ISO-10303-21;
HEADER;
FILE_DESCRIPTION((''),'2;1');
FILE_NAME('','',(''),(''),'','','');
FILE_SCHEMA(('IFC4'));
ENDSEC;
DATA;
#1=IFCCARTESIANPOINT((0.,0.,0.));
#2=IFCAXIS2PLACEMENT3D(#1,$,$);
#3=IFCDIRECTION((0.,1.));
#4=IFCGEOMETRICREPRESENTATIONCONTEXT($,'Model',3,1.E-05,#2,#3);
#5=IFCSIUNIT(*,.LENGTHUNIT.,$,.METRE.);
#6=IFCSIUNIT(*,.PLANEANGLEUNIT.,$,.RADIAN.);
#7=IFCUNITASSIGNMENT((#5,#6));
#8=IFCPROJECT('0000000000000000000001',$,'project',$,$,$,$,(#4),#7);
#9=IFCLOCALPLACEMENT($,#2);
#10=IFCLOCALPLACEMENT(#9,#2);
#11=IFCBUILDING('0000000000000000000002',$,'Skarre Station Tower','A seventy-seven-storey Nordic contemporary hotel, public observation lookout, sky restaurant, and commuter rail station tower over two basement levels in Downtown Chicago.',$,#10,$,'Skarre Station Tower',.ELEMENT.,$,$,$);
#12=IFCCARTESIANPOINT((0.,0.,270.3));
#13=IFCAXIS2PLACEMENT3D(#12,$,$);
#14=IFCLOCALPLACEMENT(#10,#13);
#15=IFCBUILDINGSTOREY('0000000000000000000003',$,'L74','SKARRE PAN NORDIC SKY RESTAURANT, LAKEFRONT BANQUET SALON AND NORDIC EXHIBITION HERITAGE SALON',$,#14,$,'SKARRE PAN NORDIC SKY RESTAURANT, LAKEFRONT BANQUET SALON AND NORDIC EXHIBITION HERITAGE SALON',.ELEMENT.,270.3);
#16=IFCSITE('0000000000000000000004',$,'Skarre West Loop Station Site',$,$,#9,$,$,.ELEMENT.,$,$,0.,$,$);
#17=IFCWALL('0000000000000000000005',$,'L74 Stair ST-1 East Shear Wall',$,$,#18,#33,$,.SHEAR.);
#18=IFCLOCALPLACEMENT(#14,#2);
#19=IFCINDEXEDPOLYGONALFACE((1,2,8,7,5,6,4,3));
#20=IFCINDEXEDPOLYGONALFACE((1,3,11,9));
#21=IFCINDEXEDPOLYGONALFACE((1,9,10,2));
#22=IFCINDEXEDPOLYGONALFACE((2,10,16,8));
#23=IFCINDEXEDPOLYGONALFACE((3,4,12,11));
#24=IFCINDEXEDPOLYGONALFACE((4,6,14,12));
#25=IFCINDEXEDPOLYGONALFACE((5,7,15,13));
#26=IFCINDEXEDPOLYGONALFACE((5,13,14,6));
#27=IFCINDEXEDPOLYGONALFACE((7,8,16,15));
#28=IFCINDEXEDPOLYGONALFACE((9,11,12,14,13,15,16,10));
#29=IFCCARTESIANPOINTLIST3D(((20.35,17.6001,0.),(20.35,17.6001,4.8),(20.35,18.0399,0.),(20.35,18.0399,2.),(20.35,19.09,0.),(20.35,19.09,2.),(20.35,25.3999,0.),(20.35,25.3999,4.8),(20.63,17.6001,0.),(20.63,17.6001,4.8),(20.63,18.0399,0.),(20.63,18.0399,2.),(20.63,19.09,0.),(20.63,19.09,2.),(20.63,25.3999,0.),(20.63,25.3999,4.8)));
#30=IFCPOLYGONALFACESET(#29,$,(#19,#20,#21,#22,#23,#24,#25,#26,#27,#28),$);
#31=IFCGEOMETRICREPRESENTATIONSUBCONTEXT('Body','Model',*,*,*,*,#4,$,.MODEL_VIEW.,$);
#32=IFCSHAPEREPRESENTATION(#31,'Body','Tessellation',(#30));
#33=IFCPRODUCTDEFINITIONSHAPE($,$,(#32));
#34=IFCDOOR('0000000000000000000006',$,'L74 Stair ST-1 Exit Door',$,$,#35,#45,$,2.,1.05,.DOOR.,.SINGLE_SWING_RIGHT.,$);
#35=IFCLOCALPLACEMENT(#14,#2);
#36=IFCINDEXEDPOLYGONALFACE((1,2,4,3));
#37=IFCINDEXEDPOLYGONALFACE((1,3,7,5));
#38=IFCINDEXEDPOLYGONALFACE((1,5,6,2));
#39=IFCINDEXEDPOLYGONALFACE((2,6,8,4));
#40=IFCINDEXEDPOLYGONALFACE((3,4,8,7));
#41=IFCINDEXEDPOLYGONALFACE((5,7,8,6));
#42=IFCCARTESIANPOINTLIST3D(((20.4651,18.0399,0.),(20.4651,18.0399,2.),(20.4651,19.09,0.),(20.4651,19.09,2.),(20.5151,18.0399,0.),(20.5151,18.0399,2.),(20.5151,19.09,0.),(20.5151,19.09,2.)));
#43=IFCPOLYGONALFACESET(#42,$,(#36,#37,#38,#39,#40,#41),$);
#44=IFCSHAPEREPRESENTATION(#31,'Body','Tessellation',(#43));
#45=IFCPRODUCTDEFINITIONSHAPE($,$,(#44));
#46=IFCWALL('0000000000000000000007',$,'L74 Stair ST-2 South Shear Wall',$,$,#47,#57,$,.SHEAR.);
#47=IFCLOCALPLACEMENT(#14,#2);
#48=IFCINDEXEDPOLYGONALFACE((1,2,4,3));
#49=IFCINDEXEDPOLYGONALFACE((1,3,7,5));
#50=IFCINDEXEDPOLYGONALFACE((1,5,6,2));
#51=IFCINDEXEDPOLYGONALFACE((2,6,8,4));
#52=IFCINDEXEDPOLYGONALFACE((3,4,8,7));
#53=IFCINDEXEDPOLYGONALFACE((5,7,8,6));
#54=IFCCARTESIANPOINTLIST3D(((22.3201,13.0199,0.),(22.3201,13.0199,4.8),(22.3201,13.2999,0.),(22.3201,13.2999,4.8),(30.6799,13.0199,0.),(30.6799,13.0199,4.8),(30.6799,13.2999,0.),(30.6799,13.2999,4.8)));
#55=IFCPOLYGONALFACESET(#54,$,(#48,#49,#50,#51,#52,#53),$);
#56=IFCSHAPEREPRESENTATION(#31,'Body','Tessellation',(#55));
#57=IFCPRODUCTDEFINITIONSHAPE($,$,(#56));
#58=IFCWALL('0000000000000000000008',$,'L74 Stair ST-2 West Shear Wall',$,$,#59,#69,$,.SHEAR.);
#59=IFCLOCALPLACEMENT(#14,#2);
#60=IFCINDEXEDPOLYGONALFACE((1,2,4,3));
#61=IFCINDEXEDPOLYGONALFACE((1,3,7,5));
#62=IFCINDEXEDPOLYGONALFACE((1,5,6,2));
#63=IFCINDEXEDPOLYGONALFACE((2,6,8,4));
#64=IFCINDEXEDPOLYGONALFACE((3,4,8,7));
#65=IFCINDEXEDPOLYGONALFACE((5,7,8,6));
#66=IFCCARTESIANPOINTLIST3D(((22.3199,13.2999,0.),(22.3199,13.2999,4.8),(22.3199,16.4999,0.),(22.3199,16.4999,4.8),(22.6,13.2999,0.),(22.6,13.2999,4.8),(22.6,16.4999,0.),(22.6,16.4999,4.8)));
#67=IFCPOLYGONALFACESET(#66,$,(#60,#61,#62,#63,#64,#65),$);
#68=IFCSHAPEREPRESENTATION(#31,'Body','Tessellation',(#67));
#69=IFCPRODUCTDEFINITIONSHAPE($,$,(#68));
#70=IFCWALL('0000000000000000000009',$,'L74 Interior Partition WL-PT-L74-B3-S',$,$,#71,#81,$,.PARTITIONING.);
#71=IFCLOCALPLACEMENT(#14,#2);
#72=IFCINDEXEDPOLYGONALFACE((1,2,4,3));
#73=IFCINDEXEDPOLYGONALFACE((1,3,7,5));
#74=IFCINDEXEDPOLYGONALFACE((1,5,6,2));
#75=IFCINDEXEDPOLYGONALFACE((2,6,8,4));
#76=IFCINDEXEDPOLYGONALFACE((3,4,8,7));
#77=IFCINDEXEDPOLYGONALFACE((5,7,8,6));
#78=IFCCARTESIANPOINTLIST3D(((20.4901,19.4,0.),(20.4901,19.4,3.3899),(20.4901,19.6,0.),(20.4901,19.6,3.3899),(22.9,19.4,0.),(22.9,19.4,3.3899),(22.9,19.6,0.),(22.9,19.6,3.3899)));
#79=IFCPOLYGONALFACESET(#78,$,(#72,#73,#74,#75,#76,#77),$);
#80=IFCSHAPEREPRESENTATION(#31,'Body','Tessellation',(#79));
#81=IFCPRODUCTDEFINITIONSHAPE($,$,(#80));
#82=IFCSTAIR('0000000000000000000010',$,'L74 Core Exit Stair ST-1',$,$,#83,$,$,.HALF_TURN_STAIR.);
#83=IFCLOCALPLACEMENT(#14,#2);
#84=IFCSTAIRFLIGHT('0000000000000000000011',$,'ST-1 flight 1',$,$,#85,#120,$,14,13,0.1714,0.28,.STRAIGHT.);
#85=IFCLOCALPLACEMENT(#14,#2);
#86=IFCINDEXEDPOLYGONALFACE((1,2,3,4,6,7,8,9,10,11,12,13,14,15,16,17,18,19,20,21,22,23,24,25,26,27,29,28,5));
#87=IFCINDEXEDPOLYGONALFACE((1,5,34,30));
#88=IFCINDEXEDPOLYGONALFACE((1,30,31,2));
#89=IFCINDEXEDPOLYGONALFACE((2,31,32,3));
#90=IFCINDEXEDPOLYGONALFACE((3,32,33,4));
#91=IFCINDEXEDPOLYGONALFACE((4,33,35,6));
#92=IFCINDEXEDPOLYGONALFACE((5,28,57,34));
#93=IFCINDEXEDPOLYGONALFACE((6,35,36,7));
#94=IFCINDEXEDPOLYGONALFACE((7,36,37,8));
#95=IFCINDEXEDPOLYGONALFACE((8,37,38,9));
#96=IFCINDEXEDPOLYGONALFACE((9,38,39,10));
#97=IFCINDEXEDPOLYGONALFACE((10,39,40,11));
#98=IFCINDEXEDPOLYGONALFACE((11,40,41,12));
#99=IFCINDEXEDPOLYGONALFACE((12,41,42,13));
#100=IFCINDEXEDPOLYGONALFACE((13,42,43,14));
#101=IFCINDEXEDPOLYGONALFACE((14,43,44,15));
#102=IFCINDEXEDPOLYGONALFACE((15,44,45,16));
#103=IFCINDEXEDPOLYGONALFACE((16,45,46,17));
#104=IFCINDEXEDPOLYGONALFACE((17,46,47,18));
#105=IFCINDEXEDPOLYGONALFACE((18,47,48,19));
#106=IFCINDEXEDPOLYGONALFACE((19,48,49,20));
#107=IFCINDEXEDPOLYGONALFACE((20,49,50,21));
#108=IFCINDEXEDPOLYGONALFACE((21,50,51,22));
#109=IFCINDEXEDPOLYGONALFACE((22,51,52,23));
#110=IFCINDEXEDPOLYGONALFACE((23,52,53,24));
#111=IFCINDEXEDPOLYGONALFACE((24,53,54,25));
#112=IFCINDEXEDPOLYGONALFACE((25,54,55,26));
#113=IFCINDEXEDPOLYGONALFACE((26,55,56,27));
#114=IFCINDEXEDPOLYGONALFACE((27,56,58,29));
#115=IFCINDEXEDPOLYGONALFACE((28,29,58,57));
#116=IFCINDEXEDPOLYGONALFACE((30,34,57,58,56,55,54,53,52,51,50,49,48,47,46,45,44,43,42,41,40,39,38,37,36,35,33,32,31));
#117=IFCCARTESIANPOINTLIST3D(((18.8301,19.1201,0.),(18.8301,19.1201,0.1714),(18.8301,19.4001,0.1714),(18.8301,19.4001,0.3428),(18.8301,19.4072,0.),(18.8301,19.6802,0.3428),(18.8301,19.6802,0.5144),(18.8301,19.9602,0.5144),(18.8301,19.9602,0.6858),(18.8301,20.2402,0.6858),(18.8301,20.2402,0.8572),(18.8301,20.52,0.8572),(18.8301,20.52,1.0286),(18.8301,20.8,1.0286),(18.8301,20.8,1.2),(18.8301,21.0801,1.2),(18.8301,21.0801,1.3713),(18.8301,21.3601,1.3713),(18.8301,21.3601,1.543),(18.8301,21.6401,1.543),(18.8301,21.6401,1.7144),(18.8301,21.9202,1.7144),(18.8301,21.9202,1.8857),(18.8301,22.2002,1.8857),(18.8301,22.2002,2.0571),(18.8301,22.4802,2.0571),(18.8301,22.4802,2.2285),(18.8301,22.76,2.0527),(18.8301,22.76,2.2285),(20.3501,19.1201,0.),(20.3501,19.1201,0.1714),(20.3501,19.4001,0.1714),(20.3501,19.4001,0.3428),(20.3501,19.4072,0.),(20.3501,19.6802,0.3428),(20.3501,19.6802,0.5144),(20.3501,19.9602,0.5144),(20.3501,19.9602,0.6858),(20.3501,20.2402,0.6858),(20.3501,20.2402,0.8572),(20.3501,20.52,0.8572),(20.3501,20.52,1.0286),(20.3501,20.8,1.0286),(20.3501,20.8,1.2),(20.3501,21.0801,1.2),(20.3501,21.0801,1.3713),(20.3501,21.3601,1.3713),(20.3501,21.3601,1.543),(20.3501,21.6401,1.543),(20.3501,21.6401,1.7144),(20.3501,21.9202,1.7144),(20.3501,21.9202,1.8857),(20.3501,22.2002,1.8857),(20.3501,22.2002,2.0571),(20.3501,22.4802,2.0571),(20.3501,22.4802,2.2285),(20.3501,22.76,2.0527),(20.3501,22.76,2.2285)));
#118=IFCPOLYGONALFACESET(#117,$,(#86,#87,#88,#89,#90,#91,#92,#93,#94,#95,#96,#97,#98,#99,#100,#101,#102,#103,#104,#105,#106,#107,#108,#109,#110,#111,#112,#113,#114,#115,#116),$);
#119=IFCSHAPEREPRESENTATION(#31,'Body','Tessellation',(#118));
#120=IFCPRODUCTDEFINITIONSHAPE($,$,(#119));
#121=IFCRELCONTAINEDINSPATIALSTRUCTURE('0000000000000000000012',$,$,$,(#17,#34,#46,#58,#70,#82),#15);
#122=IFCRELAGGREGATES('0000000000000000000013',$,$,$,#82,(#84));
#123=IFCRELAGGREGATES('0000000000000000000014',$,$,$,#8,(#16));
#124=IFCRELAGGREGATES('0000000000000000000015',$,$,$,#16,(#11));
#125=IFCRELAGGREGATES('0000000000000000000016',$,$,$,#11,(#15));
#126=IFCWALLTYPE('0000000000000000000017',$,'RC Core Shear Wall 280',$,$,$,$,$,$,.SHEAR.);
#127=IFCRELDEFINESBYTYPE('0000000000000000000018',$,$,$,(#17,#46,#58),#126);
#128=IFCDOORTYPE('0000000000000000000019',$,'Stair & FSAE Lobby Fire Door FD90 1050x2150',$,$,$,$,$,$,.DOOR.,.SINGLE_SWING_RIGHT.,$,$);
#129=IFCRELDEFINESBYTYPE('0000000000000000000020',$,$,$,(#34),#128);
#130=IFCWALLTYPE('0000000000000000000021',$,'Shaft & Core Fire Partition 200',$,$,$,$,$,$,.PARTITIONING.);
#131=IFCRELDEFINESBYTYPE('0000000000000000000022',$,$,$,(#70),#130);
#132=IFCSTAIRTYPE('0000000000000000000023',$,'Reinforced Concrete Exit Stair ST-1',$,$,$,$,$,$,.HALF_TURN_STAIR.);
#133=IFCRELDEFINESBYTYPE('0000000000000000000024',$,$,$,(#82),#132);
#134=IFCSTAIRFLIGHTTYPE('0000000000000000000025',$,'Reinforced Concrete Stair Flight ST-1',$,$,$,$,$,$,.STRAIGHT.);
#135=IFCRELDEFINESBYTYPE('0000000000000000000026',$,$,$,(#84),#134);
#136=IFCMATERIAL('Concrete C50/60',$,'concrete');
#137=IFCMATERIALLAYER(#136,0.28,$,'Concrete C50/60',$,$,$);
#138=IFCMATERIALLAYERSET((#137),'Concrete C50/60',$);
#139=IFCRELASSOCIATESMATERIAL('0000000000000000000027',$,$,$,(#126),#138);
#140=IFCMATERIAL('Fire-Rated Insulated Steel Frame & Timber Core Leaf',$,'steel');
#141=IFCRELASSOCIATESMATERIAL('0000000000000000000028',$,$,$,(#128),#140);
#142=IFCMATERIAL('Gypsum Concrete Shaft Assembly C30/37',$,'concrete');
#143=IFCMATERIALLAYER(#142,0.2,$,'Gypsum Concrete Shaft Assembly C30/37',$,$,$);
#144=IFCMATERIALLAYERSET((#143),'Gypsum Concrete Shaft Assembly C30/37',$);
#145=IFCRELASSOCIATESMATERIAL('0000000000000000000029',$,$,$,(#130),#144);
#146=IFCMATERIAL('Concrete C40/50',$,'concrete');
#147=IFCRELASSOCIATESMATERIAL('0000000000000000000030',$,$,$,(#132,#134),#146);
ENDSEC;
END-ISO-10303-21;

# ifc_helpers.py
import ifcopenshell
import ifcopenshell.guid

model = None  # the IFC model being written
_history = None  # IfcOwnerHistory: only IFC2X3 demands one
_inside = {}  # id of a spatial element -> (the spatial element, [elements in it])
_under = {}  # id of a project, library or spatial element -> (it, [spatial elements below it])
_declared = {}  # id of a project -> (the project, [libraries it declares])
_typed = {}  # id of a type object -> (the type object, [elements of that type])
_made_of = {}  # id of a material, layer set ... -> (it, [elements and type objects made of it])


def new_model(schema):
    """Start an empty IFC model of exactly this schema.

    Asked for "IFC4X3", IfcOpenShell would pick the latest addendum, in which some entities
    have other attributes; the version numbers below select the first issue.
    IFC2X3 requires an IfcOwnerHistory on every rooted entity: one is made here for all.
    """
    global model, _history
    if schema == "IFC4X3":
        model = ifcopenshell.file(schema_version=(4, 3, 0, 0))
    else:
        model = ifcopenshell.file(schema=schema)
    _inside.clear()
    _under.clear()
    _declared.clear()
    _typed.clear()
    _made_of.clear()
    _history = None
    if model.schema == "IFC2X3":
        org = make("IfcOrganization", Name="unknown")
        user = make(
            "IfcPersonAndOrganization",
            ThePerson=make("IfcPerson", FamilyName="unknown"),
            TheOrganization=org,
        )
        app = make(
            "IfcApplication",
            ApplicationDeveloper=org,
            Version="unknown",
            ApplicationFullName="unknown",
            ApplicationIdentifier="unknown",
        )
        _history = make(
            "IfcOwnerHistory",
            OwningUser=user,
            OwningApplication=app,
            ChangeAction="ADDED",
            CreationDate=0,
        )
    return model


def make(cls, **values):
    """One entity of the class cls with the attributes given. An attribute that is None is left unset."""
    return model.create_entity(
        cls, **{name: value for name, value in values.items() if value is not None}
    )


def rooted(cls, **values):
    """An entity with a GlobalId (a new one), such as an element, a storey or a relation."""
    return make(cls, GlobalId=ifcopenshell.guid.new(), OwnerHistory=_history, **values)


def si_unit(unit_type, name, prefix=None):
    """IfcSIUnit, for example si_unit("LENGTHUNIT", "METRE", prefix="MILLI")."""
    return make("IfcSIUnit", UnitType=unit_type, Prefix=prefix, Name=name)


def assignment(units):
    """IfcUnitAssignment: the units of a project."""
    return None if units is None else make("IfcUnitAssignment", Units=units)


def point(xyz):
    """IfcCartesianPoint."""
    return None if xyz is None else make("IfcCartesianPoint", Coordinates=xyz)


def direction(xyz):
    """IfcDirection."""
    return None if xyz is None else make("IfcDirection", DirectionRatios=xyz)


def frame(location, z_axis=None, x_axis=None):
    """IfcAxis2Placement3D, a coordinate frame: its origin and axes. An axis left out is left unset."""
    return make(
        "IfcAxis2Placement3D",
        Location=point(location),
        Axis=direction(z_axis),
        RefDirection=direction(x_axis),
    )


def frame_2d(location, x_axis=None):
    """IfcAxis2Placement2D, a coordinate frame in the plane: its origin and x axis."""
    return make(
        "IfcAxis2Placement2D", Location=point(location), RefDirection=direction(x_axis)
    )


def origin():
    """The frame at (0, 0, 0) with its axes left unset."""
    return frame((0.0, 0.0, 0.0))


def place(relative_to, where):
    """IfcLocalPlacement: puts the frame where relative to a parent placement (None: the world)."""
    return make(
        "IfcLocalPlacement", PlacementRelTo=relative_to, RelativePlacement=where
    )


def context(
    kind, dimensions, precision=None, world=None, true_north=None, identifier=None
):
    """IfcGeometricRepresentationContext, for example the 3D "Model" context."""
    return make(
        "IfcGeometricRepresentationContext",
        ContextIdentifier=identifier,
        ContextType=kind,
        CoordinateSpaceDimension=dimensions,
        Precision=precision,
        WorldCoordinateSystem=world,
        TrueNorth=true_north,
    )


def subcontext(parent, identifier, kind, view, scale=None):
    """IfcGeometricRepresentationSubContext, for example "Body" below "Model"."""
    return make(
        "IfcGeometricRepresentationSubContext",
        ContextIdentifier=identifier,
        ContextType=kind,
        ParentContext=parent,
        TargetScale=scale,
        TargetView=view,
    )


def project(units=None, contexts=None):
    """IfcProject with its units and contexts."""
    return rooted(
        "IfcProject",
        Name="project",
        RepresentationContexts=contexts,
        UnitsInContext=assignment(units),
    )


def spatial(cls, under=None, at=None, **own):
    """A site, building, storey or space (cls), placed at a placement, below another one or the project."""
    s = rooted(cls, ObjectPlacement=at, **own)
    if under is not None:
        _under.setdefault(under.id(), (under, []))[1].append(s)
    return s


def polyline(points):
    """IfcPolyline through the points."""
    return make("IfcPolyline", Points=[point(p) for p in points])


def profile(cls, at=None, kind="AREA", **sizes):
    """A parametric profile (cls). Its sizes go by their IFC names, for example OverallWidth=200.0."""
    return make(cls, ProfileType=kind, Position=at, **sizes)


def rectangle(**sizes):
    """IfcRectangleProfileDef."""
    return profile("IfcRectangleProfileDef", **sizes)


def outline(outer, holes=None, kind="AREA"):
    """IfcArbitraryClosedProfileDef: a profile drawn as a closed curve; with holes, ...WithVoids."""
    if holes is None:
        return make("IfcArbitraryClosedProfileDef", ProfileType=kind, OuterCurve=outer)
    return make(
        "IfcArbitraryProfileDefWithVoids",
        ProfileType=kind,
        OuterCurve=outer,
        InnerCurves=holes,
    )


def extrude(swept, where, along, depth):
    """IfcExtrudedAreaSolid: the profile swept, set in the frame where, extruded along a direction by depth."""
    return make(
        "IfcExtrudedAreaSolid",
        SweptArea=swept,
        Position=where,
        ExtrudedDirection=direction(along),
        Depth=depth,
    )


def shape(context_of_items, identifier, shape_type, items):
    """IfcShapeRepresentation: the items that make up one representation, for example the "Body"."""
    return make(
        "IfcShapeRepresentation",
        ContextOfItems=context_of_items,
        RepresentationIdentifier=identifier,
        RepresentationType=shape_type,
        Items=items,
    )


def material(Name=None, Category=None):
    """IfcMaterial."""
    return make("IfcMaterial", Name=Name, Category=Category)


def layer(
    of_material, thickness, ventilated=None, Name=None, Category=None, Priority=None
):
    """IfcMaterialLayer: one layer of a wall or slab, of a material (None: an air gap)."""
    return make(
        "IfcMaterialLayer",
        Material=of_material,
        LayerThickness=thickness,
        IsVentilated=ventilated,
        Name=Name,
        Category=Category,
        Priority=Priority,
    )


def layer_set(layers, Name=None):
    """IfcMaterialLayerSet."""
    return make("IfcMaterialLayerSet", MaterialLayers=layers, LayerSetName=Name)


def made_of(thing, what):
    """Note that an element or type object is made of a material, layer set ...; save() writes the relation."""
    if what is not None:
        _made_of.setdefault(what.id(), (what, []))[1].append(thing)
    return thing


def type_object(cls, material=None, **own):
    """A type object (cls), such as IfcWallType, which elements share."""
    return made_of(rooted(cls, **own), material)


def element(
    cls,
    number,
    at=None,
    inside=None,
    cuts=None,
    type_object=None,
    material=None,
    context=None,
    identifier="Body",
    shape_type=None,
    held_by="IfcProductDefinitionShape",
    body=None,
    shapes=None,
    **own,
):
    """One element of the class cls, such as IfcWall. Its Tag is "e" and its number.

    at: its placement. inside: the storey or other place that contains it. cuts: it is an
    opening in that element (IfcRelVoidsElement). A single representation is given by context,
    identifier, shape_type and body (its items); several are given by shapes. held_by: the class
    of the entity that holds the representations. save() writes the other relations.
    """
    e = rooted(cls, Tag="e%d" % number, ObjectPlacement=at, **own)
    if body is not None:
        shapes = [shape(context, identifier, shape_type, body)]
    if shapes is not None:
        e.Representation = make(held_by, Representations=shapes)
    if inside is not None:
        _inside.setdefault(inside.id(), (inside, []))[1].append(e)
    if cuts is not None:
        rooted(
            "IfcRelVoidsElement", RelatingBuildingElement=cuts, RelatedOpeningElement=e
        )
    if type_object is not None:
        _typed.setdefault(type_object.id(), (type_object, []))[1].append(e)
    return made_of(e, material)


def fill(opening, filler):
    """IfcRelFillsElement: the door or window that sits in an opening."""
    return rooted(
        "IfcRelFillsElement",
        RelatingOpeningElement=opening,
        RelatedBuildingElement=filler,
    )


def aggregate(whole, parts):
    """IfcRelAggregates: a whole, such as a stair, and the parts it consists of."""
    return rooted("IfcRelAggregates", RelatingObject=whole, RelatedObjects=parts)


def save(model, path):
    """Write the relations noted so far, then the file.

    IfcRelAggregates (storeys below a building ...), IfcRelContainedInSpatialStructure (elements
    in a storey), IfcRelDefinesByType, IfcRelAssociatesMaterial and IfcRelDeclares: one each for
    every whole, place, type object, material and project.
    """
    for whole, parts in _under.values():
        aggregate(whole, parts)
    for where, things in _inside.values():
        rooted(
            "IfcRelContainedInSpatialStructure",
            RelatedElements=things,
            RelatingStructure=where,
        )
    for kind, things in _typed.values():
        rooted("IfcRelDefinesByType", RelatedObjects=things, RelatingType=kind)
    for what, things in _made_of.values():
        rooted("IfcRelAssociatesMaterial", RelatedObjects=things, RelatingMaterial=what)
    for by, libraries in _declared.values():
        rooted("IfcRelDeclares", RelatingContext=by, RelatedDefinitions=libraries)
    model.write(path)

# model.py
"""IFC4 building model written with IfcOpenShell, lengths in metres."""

from ifc_helpers import new_model, si_unit, direction, frame, frame_2d, origin, place, context, subcontext, project, spatial, polyline, rectangle, outline, extrude, material, layer, layer_set, type_object, element, fill, aggregate, save


model = new_model("IFC4")

# Units and contexts
model_context = context("Model", 3, precision=1e-05, world=origin(), true_north=direction((0.0, 1.0)))
body_context = subcontext(model_context, "Body", "Model", "MODEL_VIEW")
ifc_project = project(units=[si_unit("LENGTHUNIT", "METRE"), si_unit("PLANEANGLEUNIT", "RADIAN")], contexts=[model_context])

# Site, building, storey
site_placement = place(None, origin())
site = spatial("IfcSite", under=ifc_project, at=site_placement, Name="Skarre West Loop Station Site", CompositionType="ELEMENT", RefElevation=0.0)
building_placement = place(site_placement, origin())
building = spatial("IfcBuilding", under=site, at=building_placement, Name="Skarre Station Tower", Description="A seventy-seven-storey Nordic contemporary hotel, public observation lookout, sky restaurant, and commuter rail station tower over two basement levels in Downtown Chicago.", LongName="Skarre Station Tower", CompositionType="ELEMENT")
storey_placement = place(building_placement, frame((0.0, 0.0, 270.3)))
storey = spatial("IfcBuildingStorey", under=building, at=storey_placement, Name="L74", Description="SKARRE PAN NORDIC SKY RESTAURANT, LAKEFRONT BANQUET SALON AND NORDIC EXHIBITION HERITAGE SALON", LongName="SKARRE PAN NORDIC SKY RESTAURANT, LAKEFRONT BANQUET SALON AND NORDIC EXHIBITION HERITAGE SALON", CompositionType="ELEMENT", Elevation=270.3)

# Shared definitions
ifc_material_1 = material(Name="Concrete C50/60", Category="concrete")

# Wall, opening, door
ifc_layer_1 = layer(ifc_material_1, 0.28, Name="Concrete C50/60")
ifc_layer_set_1 = layer_set([ifc_layer_1], Name="Concrete C50/60")
wall_type_1 = type_object("IfcWallType", Name="RC Core Shear Wall 280", PredefinedType="SHEAR", material=ifc_layer_set_1)
wall_1_placement = place(storey_placement, frame((20.49, 17.6001, 0.0), z_axis=(0.0, 0.0, 1.0), x_axis=(0.0, 1.0, 0.0)))
wall_1 = element("IfcWall", 1, at=wall_1_placement, inside=storey, type_object=wall_type_1, Name="L74 Stair ST-1 East Shear Wall", PredefinedType="SHEAR", context=body_context, shape_type="SweptSolid", body=[
    extrude(rectangle(XDim=7.7998, YDim=0.28, at=frame_2d((3.8999, 0.0))), origin(), (0.0, 0.0, 1.0), 4.8),
])
opening_1_placement = place(wall_1_placement, frame((0.4399, 0.0, 0.0)))
opening_1 = element("IfcOpeningElement", 2, at=opening_1_placement, cuts=wall_1, PredefinedType="OPENING", context=body_context, shape_type="SweptSolid", body=[
    extrude(rectangle(XDim=1.05, YDim=2.0, at=frame_2d((0.5249, 1.0))), frame((0.0, 0.1499, 0.0), z_axis=(0.0, -1.0, 0.0), x_axis=(1.0, 0.0, 0.0)), (0.0, 0.0, 1.0), 0.3),
])
ifc_material_2 = material(Name="Fire-Rated Insulated Steel Frame & Timber Core Leaf", Category="steel")
door_type_1 = type_object("IfcDoorType", Name="Stair & FSAE Lobby Fire Door FD90 1050x2150", OperationType="SINGLE_SWING_RIGHT", PredefinedType="DOOR", material=ifc_material_2)
door_1_placement = place(opening_1_placement, origin())
door_1 = element("IfcDoor", 3, at=door_1_placement, inside=storey, type_object=door_type_1, Name="L74 Stair ST-1 Exit Door", OperationType="SINGLE_SWING_RIGHT", OverallHeight=2.0, OverallWidth=1.05, PredefinedType="DOOR", context=body_context, shape_type="SweptSolid", body=[
    extrude(rectangle(XDim=1.05, YDim=2.0, at=frame_2d((0.5249, 1.0))), frame((0.0, 0.0249, 0.0), z_axis=(0.0, -1.0, 0.0), x_axis=(1.0, 0.0, 0.0)), (0.0, 0.0, 1.0), 0.05),
])
fill(opening_1, door_1)

# Walls
wall_2_placement = place(storey_placement, frame((22.3201, 13.1599, 0.0), z_axis=(0.0, 0.0, 1.0), x_axis=(1.0, 0.0, 0.0)))
element("IfcWall", 4, at=wall_2_placement, inside=storey, type_object=wall_type_1, Name="L74 Stair ST-2 South Shear Wall", PredefinedType="SHEAR", context=body_context, shape_type="SweptSolid", body=[
    extrude(rectangle(XDim=8.3599, YDim=0.28, at=frame_2d((4.1799, 0.0))), origin(), (0.0, 0.0, 1.0), 4.8),
])
wall_3_placement = place(storey_placement, frame((22.46, 16.5, 0.0), z_axis=(0.0, 0.0, 1.0), x_axis=(0.0, -1.0, 0.0)))
element("IfcWall", 5, at=wall_3_placement, inside=storey, type_object=wall_type_1, Name="L74 Stair ST-2 West Shear Wall", PredefinedType="SHEAR", context=body_context, shape_type="SweptSolid", body=[
    extrude(rectangle(XDim=3.2, YDim=0.28, at=frame_2d((1.6001, 0.0))), origin(), (0.0, 0.0, 1.0), 4.8),
])
ifc_material_3 = material(Name="Gypsum Concrete Shaft Assembly C30/37", Category="concrete")
ifc_layer_2 = layer(ifc_material_3, 0.2, Name="Gypsum Concrete Shaft Assembly C30/37")
ifc_layer_set_2 = layer_set([ifc_layer_2], Name="Gypsum Concrete Shaft Assembly C30/37")
wall_type_2 = type_object("IfcWallType", Name="Shaft & Core Fire Partition 200", PredefinedType="PARTITIONING", material=ifc_layer_set_2)
wall_4_placement = place(storey_placement, frame((20.49, 19.5, 0.0), z_axis=(0.0, 0.0, 1.0), x_axis=(1.0, 0.0, 0.0)))
element("IfcWall", 6, at=wall_4_placement, inside=storey, type_object=wall_type_2, Name="L74 Interior Partition WL-PT-L74-B3-S", PredefinedType="PARTITIONING", context=body_context, shape_type="SweptSolid", body=[
    extrude(rectangle(XDim=2.4099, YDim=0.2, at=frame_2d((1.2051, 0.0))), origin(), (0.0, 0.0, 1.0), 3.3899),
])

# Stair, stair flight
ifc_material_4 = material(Name="Concrete C40/50", Category="concrete")
stair_type = type_object("IfcStairType", Name="Reinforced Concrete Exit Stair ST-1", PredefinedType="HALF_TURN_STAIR", material=ifc_material_4)
stair_placement = place(storey_placement, origin())
stair = element("IfcStair", 7, at=stair_placement, inside=storey, type_object=stair_type, Name="L74 Core Exit Stair ST-1", PredefinedType="HALF_TURN_STAIR")
stair_flight_type = type_object("IfcStairFlightType", Name="Reinforced Concrete Stair Flight ST-1", PredefinedType="STRAIGHT", material=ifc_material_4)
stair_flight_placement = place(storey_placement, frame((19.5901, 19.1201, 0.0), z_axis=(0.0, 0.0, 1.0), x_axis=(0.0, 1.0, 0.0)))
stair_flight = element("IfcStairFlight", 8, at=stair_flight_placement, type_object=stair_flight_type, Name="ST-1 flight 1", NumberOfRisers=14, NumberOfTreads=13, PredefinedType="STRAIGHT", RiserHeight=0.1714, TreadLength=0.28, context=body_context, shape_type="SweptSolid", body=[
    extrude(outline(polyline([(0.0, 0.0), (0.0, 0.1714), (0.28, 0.1714), (0.28, 0.3428), (0.5601, 0.3428), (0.5601, 0.5144), (0.8401, 0.5144), (0.8401, 0.6858), (1.1201, 0.6858), (1.1201, 0.8572), (1.3999, 0.8572), (1.3999, 1.0286), (1.6799, 1.0286), (1.6799, 1.2), (1.96, 1.2), (1.96, 1.3713), (2.24, 1.3713), (2.24, 1.543), (2.52, 1.543), (2.52, 1.7144), (2.8, 1.7144), (2.8, 1.8857), (3.0801, 1.8857), (3.0801, 2.0571), (3.3601, 2.0571), (3.3601, 2.2285), (3.6399, 2.2285), (3.6399, 2.3999), (3.6399, 2.0527), (0.2871, 0.0), (0.0, 0.0)])), frame((0.0, 0.76, 0.0), z_axis=(0.0, -1.0, 0.0), x_axis=(1.0, 0.0, 0.0)), (0.0, 0.0, 1.0), 1.52),
])
aggregate(stair, [stair_flight])

save(model, "model.ifc")
